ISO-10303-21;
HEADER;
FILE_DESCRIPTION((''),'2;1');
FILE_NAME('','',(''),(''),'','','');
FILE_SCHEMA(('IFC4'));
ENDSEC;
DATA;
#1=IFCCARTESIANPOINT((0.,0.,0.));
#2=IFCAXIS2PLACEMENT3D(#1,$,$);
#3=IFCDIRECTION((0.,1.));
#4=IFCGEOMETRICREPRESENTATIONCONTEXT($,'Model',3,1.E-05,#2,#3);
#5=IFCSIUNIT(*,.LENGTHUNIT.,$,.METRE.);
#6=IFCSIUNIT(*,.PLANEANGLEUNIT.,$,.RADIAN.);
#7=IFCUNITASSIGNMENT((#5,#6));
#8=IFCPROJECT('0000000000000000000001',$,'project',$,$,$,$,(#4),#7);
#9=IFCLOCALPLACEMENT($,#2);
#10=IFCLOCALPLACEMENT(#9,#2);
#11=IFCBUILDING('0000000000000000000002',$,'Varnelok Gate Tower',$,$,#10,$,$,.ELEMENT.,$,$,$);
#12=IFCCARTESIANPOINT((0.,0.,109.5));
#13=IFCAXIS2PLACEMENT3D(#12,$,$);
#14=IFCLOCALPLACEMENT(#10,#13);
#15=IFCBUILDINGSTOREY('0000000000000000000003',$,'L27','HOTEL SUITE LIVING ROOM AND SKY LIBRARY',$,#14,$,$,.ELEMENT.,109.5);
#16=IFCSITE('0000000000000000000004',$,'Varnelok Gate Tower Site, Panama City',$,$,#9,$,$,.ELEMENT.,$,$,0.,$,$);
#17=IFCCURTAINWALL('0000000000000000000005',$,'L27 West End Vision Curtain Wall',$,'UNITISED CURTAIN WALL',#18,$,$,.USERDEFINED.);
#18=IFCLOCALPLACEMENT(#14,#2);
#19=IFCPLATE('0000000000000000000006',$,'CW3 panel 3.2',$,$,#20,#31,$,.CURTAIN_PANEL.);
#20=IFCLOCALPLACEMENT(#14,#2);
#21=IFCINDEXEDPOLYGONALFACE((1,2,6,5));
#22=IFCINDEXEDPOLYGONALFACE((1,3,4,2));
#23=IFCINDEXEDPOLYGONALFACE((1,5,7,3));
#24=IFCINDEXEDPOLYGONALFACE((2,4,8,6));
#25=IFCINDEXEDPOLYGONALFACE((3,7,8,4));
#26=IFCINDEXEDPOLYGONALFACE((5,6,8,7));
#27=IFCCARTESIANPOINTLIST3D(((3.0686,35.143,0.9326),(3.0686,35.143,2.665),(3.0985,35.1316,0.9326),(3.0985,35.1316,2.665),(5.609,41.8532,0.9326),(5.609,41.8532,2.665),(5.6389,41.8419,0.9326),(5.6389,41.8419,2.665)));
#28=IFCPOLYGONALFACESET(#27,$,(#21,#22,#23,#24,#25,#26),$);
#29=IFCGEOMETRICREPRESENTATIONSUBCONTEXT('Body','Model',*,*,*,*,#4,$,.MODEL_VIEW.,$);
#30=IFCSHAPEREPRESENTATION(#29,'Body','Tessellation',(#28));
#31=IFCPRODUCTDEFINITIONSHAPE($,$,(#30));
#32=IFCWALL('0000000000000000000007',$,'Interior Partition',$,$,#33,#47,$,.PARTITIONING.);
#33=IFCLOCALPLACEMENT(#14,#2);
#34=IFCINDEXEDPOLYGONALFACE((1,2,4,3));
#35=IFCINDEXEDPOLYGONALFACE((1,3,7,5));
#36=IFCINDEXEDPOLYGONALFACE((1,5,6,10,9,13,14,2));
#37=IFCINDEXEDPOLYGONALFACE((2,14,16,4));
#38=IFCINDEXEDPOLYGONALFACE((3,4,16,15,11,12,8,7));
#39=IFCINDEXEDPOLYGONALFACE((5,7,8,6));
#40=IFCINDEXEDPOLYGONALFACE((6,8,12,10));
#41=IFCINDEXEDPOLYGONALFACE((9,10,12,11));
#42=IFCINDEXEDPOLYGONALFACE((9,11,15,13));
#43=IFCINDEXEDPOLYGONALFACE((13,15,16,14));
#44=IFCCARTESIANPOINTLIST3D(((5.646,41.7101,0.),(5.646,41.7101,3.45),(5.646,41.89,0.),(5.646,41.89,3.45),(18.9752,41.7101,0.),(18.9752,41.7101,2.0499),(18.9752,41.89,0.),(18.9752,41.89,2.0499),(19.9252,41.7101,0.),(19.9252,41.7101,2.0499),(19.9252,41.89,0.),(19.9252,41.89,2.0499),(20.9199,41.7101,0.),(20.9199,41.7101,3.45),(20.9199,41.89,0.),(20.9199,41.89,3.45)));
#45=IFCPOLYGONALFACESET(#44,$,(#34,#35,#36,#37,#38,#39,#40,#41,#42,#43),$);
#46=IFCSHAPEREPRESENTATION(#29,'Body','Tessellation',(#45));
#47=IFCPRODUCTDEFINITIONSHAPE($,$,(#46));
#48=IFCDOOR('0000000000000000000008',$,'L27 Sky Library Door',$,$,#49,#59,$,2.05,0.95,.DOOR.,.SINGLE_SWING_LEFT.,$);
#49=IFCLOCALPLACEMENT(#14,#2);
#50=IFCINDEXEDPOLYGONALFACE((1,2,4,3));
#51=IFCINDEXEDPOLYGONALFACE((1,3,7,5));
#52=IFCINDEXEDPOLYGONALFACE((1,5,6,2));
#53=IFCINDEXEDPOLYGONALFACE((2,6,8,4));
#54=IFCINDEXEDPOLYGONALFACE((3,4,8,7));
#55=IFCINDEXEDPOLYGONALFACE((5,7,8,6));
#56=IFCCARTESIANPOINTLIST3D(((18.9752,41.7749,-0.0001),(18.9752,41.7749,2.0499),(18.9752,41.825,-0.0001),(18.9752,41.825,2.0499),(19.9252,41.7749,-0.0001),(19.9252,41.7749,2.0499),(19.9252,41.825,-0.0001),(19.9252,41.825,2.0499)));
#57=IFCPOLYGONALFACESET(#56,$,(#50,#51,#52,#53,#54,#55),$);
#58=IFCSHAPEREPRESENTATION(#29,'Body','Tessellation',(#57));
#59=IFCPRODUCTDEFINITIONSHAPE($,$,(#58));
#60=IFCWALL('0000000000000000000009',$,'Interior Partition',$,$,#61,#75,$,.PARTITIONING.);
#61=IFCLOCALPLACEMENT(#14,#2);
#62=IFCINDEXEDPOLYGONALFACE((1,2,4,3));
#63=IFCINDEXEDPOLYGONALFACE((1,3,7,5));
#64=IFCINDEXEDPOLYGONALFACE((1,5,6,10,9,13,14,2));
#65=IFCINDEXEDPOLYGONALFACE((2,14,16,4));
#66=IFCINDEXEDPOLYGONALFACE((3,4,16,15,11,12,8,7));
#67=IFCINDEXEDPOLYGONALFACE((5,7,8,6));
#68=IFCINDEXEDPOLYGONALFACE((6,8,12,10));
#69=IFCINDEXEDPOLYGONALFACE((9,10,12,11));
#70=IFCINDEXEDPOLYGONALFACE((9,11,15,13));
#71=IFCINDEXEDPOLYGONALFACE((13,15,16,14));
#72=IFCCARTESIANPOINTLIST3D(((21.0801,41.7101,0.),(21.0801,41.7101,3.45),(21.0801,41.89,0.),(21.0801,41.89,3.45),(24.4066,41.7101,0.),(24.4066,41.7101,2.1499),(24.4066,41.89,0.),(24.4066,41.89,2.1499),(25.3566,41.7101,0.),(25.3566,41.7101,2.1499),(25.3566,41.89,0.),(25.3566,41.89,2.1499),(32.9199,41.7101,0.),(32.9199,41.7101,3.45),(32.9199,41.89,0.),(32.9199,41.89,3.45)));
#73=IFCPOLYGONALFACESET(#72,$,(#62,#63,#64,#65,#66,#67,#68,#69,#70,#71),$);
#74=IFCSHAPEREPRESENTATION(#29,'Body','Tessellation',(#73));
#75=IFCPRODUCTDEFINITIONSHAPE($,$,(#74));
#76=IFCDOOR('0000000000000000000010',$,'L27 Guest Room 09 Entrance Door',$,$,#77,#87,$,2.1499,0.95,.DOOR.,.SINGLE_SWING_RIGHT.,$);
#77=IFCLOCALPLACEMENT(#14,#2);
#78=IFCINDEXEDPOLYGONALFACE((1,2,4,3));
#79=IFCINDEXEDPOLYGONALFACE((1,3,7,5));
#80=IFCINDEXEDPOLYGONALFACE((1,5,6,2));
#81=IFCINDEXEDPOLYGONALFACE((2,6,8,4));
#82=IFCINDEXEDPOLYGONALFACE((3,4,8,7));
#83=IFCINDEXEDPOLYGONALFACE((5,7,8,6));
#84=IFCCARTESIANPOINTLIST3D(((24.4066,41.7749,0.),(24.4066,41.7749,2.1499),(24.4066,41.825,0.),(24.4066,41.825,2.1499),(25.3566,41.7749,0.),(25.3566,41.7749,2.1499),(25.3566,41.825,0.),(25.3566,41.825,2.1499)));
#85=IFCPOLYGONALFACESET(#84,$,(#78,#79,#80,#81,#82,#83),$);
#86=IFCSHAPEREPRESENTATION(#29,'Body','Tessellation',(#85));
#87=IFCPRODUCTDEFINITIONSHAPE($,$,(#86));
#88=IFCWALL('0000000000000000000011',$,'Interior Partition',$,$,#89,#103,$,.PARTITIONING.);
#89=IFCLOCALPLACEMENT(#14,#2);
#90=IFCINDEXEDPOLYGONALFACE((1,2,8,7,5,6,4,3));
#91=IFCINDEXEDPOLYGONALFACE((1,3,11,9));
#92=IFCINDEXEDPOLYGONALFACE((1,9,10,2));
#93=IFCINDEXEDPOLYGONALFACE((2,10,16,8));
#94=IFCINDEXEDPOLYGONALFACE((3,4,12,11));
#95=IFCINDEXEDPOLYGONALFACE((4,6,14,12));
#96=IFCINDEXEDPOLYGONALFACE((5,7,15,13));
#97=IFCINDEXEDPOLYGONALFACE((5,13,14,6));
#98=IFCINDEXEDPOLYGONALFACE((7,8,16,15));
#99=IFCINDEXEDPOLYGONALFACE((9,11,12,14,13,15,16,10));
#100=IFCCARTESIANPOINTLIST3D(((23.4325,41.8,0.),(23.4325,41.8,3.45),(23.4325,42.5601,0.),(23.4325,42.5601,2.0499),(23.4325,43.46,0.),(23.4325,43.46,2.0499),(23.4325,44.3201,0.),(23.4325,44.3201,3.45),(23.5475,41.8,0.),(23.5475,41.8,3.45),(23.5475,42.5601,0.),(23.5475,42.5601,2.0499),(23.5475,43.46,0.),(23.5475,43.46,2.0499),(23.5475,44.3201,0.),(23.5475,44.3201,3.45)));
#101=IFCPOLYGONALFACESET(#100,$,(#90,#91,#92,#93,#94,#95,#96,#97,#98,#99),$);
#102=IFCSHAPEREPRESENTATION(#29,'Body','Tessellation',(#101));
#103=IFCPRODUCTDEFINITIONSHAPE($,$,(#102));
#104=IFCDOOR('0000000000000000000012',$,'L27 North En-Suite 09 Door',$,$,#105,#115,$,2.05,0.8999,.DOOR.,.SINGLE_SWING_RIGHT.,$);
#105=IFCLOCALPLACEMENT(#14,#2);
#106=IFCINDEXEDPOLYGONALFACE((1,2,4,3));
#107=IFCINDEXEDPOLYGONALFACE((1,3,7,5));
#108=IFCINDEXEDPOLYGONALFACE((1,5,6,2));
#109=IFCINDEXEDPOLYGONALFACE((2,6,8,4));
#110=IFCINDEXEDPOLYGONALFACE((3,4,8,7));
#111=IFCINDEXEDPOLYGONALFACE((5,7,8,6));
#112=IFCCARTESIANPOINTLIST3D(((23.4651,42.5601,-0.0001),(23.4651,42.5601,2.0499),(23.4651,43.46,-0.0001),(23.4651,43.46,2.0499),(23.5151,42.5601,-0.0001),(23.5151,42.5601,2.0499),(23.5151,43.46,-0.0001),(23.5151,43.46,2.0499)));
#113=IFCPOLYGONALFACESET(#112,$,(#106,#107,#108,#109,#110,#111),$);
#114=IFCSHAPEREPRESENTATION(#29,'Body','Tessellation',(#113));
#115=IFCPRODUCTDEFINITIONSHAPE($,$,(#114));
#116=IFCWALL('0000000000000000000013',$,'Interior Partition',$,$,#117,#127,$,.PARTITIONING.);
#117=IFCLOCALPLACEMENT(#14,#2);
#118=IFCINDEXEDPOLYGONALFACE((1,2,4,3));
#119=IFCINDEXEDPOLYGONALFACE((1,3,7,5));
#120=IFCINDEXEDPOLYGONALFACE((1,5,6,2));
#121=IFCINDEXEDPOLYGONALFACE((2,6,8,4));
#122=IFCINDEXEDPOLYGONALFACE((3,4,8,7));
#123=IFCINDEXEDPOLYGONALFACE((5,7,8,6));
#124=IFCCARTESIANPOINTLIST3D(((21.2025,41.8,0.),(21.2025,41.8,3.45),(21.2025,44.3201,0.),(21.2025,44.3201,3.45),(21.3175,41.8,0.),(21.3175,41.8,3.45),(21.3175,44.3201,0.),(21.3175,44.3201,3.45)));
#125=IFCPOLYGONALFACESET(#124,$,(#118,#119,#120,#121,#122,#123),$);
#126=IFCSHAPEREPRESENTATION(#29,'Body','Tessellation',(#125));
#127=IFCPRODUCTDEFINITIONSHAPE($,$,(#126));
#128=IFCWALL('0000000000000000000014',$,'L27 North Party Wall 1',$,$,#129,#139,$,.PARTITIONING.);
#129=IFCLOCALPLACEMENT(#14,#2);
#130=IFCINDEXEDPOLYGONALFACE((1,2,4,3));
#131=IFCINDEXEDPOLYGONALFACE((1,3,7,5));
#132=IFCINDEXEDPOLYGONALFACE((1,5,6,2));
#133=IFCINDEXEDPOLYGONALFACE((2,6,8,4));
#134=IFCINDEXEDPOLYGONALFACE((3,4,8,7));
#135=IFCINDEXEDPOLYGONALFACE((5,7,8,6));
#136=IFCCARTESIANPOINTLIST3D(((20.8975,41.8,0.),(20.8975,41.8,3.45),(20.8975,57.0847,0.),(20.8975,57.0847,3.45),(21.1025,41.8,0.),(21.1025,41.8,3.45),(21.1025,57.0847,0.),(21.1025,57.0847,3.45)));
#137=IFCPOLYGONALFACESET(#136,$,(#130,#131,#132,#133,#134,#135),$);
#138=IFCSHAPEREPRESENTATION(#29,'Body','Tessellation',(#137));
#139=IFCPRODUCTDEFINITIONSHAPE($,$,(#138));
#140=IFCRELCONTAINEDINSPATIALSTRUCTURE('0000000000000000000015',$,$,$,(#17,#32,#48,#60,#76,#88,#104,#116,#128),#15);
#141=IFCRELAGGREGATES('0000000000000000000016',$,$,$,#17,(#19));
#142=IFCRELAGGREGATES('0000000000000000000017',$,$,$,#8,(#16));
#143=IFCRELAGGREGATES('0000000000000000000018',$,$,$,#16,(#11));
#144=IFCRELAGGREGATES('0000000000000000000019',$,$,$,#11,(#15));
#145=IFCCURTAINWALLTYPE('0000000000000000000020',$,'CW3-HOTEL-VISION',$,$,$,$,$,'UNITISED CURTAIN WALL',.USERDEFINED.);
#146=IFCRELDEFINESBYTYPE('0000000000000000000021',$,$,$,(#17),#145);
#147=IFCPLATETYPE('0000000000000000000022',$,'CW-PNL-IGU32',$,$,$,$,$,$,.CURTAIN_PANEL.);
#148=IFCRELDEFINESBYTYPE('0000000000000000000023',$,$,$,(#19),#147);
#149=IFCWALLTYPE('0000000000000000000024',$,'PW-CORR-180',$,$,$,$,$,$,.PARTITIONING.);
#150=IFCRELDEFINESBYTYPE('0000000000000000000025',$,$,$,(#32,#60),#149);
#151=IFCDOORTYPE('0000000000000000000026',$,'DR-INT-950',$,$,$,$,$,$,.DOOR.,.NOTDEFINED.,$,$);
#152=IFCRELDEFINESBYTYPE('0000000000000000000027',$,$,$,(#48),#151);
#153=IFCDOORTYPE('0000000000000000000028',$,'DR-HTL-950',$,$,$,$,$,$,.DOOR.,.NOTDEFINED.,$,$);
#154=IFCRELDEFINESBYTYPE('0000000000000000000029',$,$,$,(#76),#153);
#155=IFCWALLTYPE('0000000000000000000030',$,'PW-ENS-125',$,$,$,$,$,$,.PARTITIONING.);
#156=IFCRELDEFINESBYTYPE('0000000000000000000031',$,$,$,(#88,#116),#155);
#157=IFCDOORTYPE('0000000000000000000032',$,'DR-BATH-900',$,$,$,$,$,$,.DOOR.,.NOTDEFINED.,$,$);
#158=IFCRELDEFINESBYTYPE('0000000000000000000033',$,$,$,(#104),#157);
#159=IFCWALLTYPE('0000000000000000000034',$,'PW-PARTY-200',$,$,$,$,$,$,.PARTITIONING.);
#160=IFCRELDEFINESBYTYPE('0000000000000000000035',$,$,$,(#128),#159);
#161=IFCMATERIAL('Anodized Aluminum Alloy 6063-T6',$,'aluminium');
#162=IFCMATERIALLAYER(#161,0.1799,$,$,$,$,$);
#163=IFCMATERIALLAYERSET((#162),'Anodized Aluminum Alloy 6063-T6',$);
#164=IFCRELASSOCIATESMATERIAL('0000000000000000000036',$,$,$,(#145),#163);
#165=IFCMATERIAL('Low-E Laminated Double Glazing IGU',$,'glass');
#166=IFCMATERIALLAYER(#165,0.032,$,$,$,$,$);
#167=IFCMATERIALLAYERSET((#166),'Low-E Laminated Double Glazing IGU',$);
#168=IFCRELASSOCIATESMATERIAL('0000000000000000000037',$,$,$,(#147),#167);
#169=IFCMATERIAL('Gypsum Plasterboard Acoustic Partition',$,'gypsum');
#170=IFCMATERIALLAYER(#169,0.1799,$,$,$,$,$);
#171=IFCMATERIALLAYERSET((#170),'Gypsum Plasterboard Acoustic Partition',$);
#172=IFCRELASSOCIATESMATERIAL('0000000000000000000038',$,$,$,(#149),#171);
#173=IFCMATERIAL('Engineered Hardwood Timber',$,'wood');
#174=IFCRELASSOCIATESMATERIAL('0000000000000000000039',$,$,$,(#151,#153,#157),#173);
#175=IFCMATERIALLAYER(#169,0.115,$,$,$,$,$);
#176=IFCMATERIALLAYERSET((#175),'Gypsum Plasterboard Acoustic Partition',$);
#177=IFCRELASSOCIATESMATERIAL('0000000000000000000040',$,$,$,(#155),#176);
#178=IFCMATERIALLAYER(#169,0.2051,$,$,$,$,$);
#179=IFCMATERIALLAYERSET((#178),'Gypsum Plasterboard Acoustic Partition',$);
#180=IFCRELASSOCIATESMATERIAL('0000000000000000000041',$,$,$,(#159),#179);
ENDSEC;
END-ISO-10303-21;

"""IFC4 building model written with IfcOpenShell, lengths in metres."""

from ifc_helpers import new_model, si_unit, direction, frame, frame_2d, origin, origin_2d, place, context, subcontext, project, spatial, rectangle, extrude, source, transform, mapped, material, layer, layer_set, type_object, element, fill, aggregate, save


model = new_model("IFC4")

# Units and contexts
model_context = context("Model", 3, precision=1e-05, world=origin(), true_north=direction((0.0, 1.0)))
body_context = subcontext(model_context, "Body", "Model", "MODEL_VIEW")
ifc_project = project(units=[si_unit("LENGTHUNIT", "METRE"), si_unit("PLANEANGLEUNIT", "RADIAN")], contexts=[model_context])

# Site, building, storey
site_placement = place(None, origin())
site = spatial("IfcSite", under=ifc_project, at=site_placement, Name="Varnelok Gate Tower Site, Panama City", CompositionType="ELEMENT", RefElevation=0.0)
building_placement = place(site_placement, origin())
building = spatial("IfcBuilding", under=site, at=building_placement, Name="Varnelok Gate Tower", CompositionType="ELEMENT")
storey_placement = place(building_placement, frame((0.0, 0.0, 109.5)))
storey = spatial("IfcBuildingStorey", under=building, at=storey_placement, Name="L27", Description="HOTEL SUITE LIVING ROOM AND SKY LIBRARY", CompositionType="ELEMENT", Elevation=109.5)

# Curtain wall, plate
ifc_material_1 = material(Name="Anodized Aluminum Alloy 6063-T6", Category="aluminium")
ifc_layer_1 = layer(ifc_material_1, 0.1799)
ifc_layer_set_1 = layer_set([ifc_layer_1], Name="Anodized Aluminum Alloy 6063-T6")
curtain_wall_type = type_object("IfcCurtainWallType", Name="CW3-HOTEL-VISION", ElementType="UNITISED CURTAIN WALL", PredefinedType="USERDEFINED", material=ifc_layer_set_1)
curtain_wall_placement = place(storey_placement, origin())
curtain_wall = element("IfcCurtainWall", 1, at=curtain_wall_placement, inside=storey, type_object=curtain_wall_type, Name="L27 West End Vision Curtain Wall", ObjectType="UNITISED CURTAIN WALL", PredefinedType="USERDEFINED")
ifc_material_2 = material(Name="Low-E Laminated Double Glazing IGU", Category="glass")
ifc_layer_2 = layer(ifc_material_2, 0.032)
ifc_layer_set_2 = layer_set([ifc_layer_2], Name="Low-E Laminated Double Glazing IGU")
plate_type = type_object("IfcPlateType", Name="CW-PNL-IGU32", PredefinedType="CURTAIN_PANEL", material=ifc_layer_set_2)
shared_shape_1 = source(origin(), body_context, "Body", "SweptSolid", [
    extrude(rectangle(XDim=7.175, YDim=0.032, at=origin_2d()), origin(), (0.0, 0.0, 1.0), 1.7324),
])
plate_1_placement = place(storey_placement, frame((4.3538, 38.4924, 0.9326), z_axis=(0.0, 0.0, 1.0), x_axis=(0.354064, 0.935221, 0.0)))
plate_1 = element("IfcPlate", 2, at=plate_1_placement, type_object=plate_type, Name="CW3 panel 3.2", PredefinedType="CURTAIN_PANEL", context=body_context, shape_type="MappedRepresentation", body=[
    mapped(shared_shape_1, transform((0.0, 0.0, 0.0), scale=1.0)),
])
aggregate(curtain_wall, [plate_1])

# Walls, openings, doors
ifc_material_3 = material(Name="Gypsum Plasterboard Acoustic Partition", Category="gypsum")
ifc_layer_3 = layer(ifc_material_3, 0.1799)
ifc_layer_set_3 = layer_set([ifc_layer_3], Name="Gypsum Plasterboard Acoustic Partition")
wall_type_1 = type_object("IfcWallType", Name="PW-CORR-180", PredefinedType="PARTITIONING", material=ifc_layer_set_3)
wall_1_placement = place(storey_placement, frame((5.646, 41.8, 0.0), z_axis=(0.0, 0.0, 1.0), x_axis=(1.0, 0.0, 0.0)))
wall_1 = element("IfcWall", 3, at=wall_1_placement, inside=storey, type_object=wall_type_1, Name="Interior Partition", PredefinedType="PARTITIONING", context=body_context, shape_type="SweptSolid", body=[
    extrude(rectangle(XDim=15.2739, YDim=0.1799, at=frame_2d((7.637, 0.0))), origin(), (0.0, 0.0, 1.0), 3.45),
])
opening_1_placement = place(wall_1_placement, frame((13.3291, 0.0, 0.0)))
opening_1 = element("IfcOpeningElement", 4, at=opening_1_placement, cuts=wall_1, PredefinedType="OPENING", context=body_context, shape_type="SweptSolid", body=[
    extrude(rectangle(XDim=0.95, YDim=2.05, at=frame_2d((0.4751, 1.0249))), frame((0.0, 0.0999, 0.0), z_axis=(0.0, -1.0, 0.0), x_axis=(1.0, 0.0, 0.0)), (0.0, 0.0, 1.0), 0.2),
])
ifc_material_4 = material(Name="Engineered Hardwood Timber", Category="wood")
door_type_1 = type_object("IfcDoorType", Name="DR-INT-950", OperationType="NOTDEFINED", PredefinedType="DOOR", material=ifc_material_4)
door_1_placement = place(opening_1_placement, origin())
door_1 = element("IfcDoor", 5, at=door_1_placement, inside=storey, type_object=door_type_1, Name="L27 Sky Library Door", OperationType="SINGLE_SWING_LEFT", OverallHeight=2.05, OverallWidth=0.95, PredefinedType="DOOR", context=body_context, shape_type="SweptSolid", body=[
    extrude(rectangle(XDim=0.95, YDim=2.05, at=frame_2d((0.4751, 1.0249))), frame((0.0, 0.0249, 0.0), z_axis=(0.0, -1.0, 0.0), x_axis=(1.0, 0.0, 0.0)), (0.0, 0.0, 1.0), 0.05),
])
fill(opening_1, door_1)
wall_2_placement = place(storey_placement, frame((21.0801, 41.8, 0.0), z_axis=(0.0, 0.0, 1.0), x_axis=(1.0, 0.0, 0.0)))
wall_2 = element("IfcWall", 6, at=wall_2_placement, inside=storey, type_object=wall_type_1, Name="Interior Partition", PredefinedType="PARTITIONING", context=body_context, shape_type="SweptSolid", body=[
    extrude(rectangle(XDim=11.8398, YDim=0.1799, at=frame_2d((5.9199, 0.0))), origin(), (0.0, 0.0, 1.0), 3.45),
])
opening_2_placement = place(wall_2_placement, frame((3.3264, 0.0, 0.0)))
opening_2 = element("IfcOpeningElement", 7, at=opening_2_placement, cuts=wall_2, PredefinedType="OPENING", context=body_context, shape_type="SweptSolid", body=[
    extrude(rectangle(XDim=0.95, YDim=2.1499, at=frame_2d((0.4751, 1.075))), frame((0.0, 0.0999, 0.0), z_axis=(0.0, -1.0, 0.0), x_axis=(1.0, 0.0, 0.0)), (0.0, 0.0, 1.0), 0.2),
])
door_type_2 = type_object("IfcDoorType", Name="DR-HTL-950", OperationType="NOTDEFINED", PredefinedType="DOOR", material=ifc_material_4)
door_2_placement = place(opening_2_placement, origin())
door_2 = element("IfcDoor", 8, at=door_2_placement, inside=storey, type_object=door_type_2, Name="L27 Guest Room 09 Entrance Door", OperationType="SINGLE_SWING_RIGHT", OverallHeight=2.1499, OverallWidth=0.95, PredefinedType="DOOR", context=body_context, shape_type="SweptSolid", body=[
    extrude(rectangle(XDim=0.95, YDim=2.1499, at=frame_2d((0.4751, 1.075))), frame((0.0, 0.0249, 0.0), z_axis=(0.0, -1.0, 0.0), x_axis=(1.0, 0.0, 0.0)), (0.0, 0.0, 1.0), 0.05),
])
fill(opening_2, door_2)
ifc_layer_4 = layer(ifc_material_3, 0.115)
ifc_layer_set_4 = layer_set([ifc_layer_4], Name="Gypsum Plasterboard Acoustic Partition")
wall_type_2 = type_object("IfcWallType", Name="PW-ENS-125", PredefinedType="PARTITIONING", material=ifc_layer_set_4)
wall_3_placement = place(storey_placement, frame((23.49, 41.8, 0.0), z_axis=(0.0, 0.0, 1.0), x_axis=(0.0, 1.0, 0.0)))
wall_3 = element("IfcWall", 9, at=wall_3_placement, inside=storey, type_object=wall_type_2, Name="Interior Partition", PredefinedType="PARTITIONING", context=body_context, shape_type="SweptSolid", body=[
    extrude(rectangle(XDim=2.52, YDim=0.115, at=frame_2d((1.26, 0.0))), origin(), (0.0, 0.0, 1.0), 3.45),
])
opening_3_placement = place(wall_3_placement, frame((0.76, 0.0, 0.0)))
opening_3 = element("IfcOpeningElement", 10, at=opening_3_placement, cuts=wall_3, PredefinedType="OPENING", context=body_context, shape_type="SweptSolid", body=[
    extrude(rectangle(XDim=0.8999, YDim=2.05, at=frame_2d((0.45, 1.0249))), frame((0.0, 0.0674, 0.0), z_axis=(0.0, -1.0, 0.0), x_axis=(1.0, 0.0, 0.0)), (0.0, 0.0, 1.0), 0.135),
])
door_type_3 = type_object("IfcDoorType", Name="DR-BATH-900", OperationType="NOTDEFINED", PredefinedType="DOOR", material=ifc_material_4)
door_3_placement = place(opening_3_placement, origin())
door_3 = element("IfcDoor", 11, at=door_3_placement, inside=storey, type_object=door_type_3, Name="L27 North En-Suite 09 Door", OperationType="SINGLE_SWING_RIGHT", OverallHeight=2.05, OverallWidth=0.8999, PredefinedType="DOOR", context=body_context, shape_type="SweptSolid", body=[
    extrude(rectangle(XDim=0.8999, YDim=2.05, at=frame_2d((0.45, 1.0249))), frame((0.0, 0.0249, 0.0), z_axis=(0.0, -1.0, 0.0), x_axis=(1.0, 0.0, 0.0)), (0.0, 0.0, 1.0), 0.05),
])
fill(opening_3, door_3)

# Walls
wall_4_placement = place(storey_placement, frame((21.26, 41.8, 0.0), z_axis=(0.0, 0.0, 1.0), x_axis=(0.0, 1.0, 0.0)))
element("IfcWall", 12, at=wall_4_placement, inside=storey, type_object=wall_type_2, Name="Interior Partition", PredefinedType="PARTITIONING", context=body_context, shape_type="SweptSolid", body=[
    extrude(rectangle(XDim=2.52, YDim=0.115, at=frame_2d((1.26, 0.0))), origin(), (0.0, 0.0, 1.0), 3.45),
])
ifc_layer_5 = layer(ifc_material_3, 0.2051)
ifc_layer_set_5 = layer_set([ifc_layer_5], Name="Gypsum Plasterboard Acoustic Partition")
wall_type_3 = type_object("IfcWallType", Name="PW-PARTY-200", PredefinedType="PARTITIONING", material=ifc_layer_set_5)
wall_5_placement = place(storey_placement, frame((21.0, 41.8, 0.0), z_axis=(0.0, 0.0, 1.0), x_axis=(0.0, 1.0, 0.0)))
element("IfcWall", 13, at=wall_5_placement, inside=storey, type_object=wall_type_3, Name="L27 North Party Wall 1", PredefinedType="PARTITIONING", context=body_context, shape_type="SweptSolid", body=[
    extrude(rectangle(XDim=15.2847, YDim=0.2051, at=frame_2d((7.6423, 0.0))), origin(), (0.0, 0.0, 1.0), 3.45),
])

save(model, "model.ifc")
